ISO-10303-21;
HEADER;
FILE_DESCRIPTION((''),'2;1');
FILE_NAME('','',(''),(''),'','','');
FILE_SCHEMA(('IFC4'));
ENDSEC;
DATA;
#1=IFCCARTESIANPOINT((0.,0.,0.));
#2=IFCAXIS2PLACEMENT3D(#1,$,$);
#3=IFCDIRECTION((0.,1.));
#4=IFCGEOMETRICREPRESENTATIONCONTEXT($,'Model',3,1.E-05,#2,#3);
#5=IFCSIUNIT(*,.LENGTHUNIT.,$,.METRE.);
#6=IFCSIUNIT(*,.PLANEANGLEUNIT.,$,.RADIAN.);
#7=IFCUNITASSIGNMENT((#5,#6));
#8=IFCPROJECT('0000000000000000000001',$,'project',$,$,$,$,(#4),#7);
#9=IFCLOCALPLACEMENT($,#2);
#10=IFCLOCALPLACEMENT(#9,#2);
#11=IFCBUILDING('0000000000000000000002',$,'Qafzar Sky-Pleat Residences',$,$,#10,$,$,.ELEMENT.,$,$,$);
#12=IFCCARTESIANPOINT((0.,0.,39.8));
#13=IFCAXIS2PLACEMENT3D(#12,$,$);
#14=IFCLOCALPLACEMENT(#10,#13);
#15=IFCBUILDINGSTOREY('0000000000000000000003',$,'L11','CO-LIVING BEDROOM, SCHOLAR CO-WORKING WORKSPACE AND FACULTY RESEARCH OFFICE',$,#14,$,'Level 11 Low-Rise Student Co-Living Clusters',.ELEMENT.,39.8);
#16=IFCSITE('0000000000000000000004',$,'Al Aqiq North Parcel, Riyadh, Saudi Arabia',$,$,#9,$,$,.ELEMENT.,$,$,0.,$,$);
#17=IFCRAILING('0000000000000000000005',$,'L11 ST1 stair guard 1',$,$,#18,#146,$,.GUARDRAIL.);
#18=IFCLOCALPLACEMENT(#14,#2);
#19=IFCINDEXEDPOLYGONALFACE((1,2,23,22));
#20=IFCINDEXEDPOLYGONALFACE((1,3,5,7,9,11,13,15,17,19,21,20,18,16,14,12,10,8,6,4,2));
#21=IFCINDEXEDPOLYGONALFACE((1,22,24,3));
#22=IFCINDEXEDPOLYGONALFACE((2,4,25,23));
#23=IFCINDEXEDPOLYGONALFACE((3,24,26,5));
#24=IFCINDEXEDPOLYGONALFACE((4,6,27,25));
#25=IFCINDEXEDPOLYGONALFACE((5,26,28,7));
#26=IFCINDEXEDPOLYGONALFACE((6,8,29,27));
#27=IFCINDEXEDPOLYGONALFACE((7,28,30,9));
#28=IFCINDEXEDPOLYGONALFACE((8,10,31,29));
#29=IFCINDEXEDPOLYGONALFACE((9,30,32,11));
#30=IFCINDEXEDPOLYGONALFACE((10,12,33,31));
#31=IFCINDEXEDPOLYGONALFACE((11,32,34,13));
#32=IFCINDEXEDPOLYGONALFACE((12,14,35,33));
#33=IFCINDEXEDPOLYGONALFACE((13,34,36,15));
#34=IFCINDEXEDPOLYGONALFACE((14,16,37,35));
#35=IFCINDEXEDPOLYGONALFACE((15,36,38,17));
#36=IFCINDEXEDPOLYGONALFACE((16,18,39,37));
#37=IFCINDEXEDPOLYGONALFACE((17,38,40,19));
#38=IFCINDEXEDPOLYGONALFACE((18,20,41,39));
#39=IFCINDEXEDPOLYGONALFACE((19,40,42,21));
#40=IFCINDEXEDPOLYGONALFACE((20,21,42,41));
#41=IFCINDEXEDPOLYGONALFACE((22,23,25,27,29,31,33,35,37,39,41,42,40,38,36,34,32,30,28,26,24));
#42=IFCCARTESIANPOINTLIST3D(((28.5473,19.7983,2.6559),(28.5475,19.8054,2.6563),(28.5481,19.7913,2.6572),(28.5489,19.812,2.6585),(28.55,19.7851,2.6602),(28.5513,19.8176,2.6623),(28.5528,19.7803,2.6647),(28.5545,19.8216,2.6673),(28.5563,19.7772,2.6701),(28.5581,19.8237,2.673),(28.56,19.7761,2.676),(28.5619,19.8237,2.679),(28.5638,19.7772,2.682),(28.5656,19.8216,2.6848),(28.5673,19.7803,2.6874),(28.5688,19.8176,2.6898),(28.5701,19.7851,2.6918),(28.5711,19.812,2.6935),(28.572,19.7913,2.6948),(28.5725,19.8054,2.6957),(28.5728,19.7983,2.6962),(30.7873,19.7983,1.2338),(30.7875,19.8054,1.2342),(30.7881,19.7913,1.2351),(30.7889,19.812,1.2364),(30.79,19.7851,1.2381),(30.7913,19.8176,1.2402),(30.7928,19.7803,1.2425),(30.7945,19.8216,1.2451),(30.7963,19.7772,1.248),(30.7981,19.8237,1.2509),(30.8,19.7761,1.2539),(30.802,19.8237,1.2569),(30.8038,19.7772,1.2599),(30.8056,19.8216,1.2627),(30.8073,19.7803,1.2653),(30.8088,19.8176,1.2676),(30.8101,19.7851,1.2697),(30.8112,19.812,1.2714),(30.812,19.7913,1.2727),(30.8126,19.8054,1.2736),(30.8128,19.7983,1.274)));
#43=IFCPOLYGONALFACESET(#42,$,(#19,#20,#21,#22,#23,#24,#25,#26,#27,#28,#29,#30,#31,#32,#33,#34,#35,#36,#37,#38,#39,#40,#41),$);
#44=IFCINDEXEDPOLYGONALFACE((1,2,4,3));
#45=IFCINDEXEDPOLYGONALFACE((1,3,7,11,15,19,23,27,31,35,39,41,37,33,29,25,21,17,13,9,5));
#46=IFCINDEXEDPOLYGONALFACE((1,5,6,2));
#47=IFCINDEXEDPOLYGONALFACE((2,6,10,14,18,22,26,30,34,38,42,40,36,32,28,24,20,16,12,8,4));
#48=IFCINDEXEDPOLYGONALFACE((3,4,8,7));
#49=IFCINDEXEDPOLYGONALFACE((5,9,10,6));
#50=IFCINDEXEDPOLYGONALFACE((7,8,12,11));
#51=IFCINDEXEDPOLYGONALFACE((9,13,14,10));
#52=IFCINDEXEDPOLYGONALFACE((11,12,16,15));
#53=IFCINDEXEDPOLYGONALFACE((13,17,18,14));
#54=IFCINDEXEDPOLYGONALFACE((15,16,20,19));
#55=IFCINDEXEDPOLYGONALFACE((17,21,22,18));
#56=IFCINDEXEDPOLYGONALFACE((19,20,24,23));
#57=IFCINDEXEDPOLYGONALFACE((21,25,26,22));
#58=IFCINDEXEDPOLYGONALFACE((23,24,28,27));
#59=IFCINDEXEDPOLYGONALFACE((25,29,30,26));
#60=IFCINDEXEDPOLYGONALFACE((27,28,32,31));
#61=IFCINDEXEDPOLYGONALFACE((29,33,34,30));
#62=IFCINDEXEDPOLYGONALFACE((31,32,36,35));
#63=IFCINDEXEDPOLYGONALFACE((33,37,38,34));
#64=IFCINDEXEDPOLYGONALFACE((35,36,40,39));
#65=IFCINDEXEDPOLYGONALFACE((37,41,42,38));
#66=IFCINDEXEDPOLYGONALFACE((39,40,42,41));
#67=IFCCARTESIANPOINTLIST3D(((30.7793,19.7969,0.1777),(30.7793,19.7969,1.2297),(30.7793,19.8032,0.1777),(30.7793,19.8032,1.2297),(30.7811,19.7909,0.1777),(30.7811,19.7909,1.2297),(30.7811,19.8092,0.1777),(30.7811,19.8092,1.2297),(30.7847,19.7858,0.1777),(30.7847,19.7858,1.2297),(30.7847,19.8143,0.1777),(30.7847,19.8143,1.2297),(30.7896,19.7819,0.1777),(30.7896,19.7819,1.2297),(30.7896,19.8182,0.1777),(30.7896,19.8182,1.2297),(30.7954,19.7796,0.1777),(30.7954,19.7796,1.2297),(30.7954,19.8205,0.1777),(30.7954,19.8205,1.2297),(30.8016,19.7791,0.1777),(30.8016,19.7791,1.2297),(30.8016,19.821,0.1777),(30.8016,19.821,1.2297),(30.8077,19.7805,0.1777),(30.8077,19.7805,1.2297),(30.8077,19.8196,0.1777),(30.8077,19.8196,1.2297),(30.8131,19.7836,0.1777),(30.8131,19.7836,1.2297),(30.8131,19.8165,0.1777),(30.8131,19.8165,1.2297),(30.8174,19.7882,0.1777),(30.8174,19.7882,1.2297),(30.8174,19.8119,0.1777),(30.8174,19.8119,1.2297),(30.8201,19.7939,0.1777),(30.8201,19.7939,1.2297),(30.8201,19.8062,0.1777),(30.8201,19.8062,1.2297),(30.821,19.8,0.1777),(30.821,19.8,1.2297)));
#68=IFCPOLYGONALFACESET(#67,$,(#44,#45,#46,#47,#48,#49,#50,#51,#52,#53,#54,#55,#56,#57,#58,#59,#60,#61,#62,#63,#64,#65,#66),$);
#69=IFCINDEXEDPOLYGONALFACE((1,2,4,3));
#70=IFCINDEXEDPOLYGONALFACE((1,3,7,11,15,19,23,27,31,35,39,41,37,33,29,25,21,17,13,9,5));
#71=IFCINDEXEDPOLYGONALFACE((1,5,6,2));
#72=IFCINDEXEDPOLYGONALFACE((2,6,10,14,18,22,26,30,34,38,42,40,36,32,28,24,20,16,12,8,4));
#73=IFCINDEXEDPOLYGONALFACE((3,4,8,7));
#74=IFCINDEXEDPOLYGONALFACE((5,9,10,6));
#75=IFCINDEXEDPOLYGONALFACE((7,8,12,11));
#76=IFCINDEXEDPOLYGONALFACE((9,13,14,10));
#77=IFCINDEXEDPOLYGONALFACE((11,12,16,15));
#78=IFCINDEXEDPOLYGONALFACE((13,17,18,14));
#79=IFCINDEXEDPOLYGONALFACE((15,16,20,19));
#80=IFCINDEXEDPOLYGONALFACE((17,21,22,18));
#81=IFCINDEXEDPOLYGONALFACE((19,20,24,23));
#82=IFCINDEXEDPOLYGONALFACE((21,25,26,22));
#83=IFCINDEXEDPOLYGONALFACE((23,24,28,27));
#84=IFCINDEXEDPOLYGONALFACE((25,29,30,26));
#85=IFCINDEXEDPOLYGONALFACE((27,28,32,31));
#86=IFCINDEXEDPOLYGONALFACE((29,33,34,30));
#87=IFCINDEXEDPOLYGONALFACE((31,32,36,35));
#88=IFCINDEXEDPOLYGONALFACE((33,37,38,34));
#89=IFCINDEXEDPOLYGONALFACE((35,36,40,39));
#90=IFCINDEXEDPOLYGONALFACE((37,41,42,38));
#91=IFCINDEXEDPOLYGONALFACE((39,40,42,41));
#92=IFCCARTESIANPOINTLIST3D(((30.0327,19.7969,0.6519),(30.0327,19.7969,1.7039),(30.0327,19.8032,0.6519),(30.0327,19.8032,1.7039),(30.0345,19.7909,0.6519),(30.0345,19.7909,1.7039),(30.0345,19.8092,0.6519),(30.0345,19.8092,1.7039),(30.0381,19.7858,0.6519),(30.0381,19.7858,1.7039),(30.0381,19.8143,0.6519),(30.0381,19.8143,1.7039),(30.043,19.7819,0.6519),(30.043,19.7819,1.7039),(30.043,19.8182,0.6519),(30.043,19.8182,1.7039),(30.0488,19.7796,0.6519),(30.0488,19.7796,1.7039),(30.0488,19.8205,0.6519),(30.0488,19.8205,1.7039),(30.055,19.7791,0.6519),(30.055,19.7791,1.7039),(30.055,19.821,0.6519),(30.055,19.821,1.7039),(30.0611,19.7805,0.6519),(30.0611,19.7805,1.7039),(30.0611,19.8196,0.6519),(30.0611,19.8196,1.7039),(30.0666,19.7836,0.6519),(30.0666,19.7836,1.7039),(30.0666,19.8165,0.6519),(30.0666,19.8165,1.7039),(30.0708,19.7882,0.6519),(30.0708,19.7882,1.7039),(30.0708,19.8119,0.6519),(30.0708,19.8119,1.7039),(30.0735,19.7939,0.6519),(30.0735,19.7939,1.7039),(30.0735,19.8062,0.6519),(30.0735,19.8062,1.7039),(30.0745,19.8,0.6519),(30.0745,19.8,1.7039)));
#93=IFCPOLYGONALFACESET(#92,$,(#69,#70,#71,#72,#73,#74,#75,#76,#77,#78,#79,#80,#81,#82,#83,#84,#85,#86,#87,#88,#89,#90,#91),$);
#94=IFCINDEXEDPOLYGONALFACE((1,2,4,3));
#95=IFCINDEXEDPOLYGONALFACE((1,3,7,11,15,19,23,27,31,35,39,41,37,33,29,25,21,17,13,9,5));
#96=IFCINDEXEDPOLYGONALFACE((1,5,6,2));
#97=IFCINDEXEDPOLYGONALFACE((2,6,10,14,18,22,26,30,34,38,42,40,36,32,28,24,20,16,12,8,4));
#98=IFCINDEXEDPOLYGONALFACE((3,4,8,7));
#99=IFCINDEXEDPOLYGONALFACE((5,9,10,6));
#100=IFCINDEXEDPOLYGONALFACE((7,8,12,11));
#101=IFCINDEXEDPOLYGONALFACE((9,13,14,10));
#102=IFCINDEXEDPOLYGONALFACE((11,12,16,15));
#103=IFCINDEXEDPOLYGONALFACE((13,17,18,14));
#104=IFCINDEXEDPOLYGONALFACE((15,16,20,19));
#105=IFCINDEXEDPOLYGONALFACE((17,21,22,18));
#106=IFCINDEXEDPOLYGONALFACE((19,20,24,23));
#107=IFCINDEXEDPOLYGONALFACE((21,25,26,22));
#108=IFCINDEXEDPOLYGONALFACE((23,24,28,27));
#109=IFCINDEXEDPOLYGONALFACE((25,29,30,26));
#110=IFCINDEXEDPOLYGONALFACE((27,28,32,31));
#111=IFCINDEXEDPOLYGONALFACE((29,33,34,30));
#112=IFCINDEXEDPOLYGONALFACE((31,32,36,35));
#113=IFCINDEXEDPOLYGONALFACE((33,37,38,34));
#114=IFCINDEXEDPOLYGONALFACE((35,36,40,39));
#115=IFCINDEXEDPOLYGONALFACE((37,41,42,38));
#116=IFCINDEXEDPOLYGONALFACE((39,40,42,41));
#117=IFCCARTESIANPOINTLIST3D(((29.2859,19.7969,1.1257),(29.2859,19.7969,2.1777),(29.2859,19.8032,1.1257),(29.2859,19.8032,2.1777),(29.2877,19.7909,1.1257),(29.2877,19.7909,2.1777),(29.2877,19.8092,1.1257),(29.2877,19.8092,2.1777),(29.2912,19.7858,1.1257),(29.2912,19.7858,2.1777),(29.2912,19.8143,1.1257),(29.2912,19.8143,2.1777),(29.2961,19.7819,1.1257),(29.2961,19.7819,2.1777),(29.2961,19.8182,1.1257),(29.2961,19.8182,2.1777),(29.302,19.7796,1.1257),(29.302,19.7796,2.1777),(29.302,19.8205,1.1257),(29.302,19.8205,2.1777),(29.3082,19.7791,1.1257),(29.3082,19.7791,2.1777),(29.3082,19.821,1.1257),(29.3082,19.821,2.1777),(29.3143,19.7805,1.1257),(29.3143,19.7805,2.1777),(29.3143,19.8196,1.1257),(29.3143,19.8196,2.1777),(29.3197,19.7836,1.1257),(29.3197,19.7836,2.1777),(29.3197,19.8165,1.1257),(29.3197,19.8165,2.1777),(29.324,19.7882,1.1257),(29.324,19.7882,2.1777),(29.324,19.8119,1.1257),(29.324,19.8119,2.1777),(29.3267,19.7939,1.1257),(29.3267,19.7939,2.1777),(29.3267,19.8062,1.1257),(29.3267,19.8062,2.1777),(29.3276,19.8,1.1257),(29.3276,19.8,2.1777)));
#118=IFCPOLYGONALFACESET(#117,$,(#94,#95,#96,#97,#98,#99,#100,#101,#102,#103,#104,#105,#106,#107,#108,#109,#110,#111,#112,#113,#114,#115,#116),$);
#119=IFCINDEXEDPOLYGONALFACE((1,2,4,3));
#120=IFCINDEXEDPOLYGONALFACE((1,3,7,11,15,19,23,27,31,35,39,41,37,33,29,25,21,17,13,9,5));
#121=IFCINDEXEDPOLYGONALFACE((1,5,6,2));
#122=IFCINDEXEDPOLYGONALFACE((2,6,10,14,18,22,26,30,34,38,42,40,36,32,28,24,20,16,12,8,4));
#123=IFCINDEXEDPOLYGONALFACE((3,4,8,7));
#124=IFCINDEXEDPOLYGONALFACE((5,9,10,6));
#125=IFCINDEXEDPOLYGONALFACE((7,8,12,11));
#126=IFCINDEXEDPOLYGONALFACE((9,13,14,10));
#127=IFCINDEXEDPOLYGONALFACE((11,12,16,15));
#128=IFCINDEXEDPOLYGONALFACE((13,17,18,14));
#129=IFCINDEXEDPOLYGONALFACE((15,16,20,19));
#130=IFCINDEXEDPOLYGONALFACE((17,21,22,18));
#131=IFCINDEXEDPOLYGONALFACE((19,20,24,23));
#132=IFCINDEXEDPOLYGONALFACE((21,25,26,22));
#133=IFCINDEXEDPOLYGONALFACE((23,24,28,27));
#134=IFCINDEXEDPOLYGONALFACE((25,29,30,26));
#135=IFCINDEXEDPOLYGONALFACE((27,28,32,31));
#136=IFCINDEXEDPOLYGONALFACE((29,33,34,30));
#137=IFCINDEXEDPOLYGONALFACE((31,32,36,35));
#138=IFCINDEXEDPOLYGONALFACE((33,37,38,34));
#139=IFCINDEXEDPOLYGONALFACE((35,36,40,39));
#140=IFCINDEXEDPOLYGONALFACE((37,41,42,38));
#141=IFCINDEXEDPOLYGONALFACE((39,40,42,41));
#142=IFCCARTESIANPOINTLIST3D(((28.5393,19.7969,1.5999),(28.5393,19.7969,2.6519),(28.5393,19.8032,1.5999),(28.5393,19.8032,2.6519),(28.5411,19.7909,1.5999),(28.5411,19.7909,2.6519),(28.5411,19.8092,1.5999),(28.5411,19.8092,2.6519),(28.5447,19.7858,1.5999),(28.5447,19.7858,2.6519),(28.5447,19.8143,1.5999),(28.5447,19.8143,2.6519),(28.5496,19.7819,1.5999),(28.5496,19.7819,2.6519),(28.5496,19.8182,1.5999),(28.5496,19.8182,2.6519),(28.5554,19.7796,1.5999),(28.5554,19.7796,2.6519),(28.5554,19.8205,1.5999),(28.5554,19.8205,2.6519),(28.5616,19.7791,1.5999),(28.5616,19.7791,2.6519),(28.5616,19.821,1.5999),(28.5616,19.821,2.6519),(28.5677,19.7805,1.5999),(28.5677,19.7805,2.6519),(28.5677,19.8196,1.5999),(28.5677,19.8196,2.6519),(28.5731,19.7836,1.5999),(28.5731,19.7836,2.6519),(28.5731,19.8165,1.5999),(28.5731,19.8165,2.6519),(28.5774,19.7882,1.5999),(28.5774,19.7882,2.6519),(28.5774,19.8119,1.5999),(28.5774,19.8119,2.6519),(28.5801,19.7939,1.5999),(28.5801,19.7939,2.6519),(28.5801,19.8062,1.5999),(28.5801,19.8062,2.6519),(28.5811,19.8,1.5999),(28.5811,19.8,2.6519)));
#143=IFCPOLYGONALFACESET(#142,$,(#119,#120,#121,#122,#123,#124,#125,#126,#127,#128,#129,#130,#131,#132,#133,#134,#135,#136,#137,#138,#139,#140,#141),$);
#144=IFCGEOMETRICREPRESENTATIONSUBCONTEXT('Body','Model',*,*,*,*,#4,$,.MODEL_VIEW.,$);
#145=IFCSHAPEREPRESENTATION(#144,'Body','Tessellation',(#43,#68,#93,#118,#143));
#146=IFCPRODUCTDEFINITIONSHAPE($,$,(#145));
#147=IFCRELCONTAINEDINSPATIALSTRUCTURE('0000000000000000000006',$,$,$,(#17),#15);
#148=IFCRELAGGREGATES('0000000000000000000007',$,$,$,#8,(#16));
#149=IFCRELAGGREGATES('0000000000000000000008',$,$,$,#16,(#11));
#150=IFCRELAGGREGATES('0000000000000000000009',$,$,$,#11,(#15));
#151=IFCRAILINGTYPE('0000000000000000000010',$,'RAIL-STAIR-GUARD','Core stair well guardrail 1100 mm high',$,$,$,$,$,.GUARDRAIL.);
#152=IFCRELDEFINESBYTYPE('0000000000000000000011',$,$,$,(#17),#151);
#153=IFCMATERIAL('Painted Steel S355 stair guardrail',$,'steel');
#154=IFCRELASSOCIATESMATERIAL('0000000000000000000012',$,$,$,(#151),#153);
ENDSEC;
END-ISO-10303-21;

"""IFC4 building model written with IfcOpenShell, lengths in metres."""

from ifc_helpers import new_model, si_unit, direction, frame, origin, origin_2d, place, context, subcontext, project, spatial, circle, extrude, source, transform, mapped, material, type_object, element, save


model = new_model("IFC4")

# Units and contexts
model_context = context("Model", 3, precision=1e-05, world=origin(), true_north=direction((0.0, 1.0)))
body_context = subcontext(model_context, "Body", "Model", "MODEL_VIEW")
ifc_project = project(units=[si_unit("LENGTHUNIT", "METRE"), si_unit("PLANEANGLEUNIT", "RADIAN")], contexts=[model_context])

# Site, building, storey
site_placement = place(None, origin())
site = spatial("IfcSite", under=ifc_project, at=site_placement, Name="Al Aqiq North Parcel, Riyadh, Saudi Arabia", CompositionType="ELEMENT", RefElevation=0.0)
building_placement = place(site_placement, origin())
building = spatial("IfcBuilding", under=site, at=building_placement, Name="Qafzar Sky-Pleat Residences", CompositionType="ELEMENT")
storey_placement = place(building_placement, frame((0.0, 0.0, 39.8)))
storey = spatial("IfcBuildingStorey", under=building, at=storey_placement, Name="L11", Description="CO-LIVING BEDROOM, SCHOLAR CO-WORKING WORKSPACE AND FACULTY RESEARCH OFFICE", LongName="Level 11 Low-Rise Student Co-Living Clusters", CompositionType="ELEMENT", Elevation=39.8)

# Railing
ifc_material_1 = material(Name="Painted Steel S355 stair guardrail", Category="steel")
railing_type_1 = type_object("IfcRailingType", Name="RAIL-STAIR-GUARD", Description="Core stair well guardrail 1100 mm high", PredefinedType="GUARDRAIL", material=ifc_material_1)
shared_shape_1 = source(origin(), body_context, "Body", "SweptSolid", [
    extrude(circle(Radius=0.0239, at=origin_2d()), frame((0.0, 0.0, 1.0762), z_axis=(-0.844229, 0.0, 0.535982), x_axis=(0.0, -1.0, 0.0)), (0.0, 0.0, 1.0), 2.6533),
    extrude(circle(Radius=0.021, at=origin_2d()), origin(), (0.0, 0.0, 1.0), 1.052),
    extrude(circle(Radius=0.021, at=origin_2d()), frame((-0.7466, 0.0, 0.4741)), (0.0, 0.0, 1.0), 1.052),
    extrude(circle(Radius=0.021, at=origin_2d()), frame((-1.4934, 0.0, 0.948)), (0.0, 0.0, 1.0), 1.052),
    extrude(circle(Radius=0.021, at=origin_2d()), frame((-2.24, 0.0, 1.4221)), (0.0, 0.0, 1.0), 1.052),
])
railing_1_placement = place(storey_placement, frame((30.8, 19.8, 0.1777)))
element("IfcRailing", 1, at=railing_1_placement, inside=storey, type_object=railing_type_1, Name="L11 ST1 stair guard 1", PredefinedType="GUARDRAIL", context=body_context, shape_type="MappedRepresentation", body=[
    mapped(shared_shape_1, transform((0.0, 0.0, 0.0), x_axis=(1.0, 0.0, 0.0), y_axis=(0.0, 1.0, 0.0), z_axis=(0.0, 0.0, 1.0), scale=1.0)),
])

save(model, "model.ifc")
